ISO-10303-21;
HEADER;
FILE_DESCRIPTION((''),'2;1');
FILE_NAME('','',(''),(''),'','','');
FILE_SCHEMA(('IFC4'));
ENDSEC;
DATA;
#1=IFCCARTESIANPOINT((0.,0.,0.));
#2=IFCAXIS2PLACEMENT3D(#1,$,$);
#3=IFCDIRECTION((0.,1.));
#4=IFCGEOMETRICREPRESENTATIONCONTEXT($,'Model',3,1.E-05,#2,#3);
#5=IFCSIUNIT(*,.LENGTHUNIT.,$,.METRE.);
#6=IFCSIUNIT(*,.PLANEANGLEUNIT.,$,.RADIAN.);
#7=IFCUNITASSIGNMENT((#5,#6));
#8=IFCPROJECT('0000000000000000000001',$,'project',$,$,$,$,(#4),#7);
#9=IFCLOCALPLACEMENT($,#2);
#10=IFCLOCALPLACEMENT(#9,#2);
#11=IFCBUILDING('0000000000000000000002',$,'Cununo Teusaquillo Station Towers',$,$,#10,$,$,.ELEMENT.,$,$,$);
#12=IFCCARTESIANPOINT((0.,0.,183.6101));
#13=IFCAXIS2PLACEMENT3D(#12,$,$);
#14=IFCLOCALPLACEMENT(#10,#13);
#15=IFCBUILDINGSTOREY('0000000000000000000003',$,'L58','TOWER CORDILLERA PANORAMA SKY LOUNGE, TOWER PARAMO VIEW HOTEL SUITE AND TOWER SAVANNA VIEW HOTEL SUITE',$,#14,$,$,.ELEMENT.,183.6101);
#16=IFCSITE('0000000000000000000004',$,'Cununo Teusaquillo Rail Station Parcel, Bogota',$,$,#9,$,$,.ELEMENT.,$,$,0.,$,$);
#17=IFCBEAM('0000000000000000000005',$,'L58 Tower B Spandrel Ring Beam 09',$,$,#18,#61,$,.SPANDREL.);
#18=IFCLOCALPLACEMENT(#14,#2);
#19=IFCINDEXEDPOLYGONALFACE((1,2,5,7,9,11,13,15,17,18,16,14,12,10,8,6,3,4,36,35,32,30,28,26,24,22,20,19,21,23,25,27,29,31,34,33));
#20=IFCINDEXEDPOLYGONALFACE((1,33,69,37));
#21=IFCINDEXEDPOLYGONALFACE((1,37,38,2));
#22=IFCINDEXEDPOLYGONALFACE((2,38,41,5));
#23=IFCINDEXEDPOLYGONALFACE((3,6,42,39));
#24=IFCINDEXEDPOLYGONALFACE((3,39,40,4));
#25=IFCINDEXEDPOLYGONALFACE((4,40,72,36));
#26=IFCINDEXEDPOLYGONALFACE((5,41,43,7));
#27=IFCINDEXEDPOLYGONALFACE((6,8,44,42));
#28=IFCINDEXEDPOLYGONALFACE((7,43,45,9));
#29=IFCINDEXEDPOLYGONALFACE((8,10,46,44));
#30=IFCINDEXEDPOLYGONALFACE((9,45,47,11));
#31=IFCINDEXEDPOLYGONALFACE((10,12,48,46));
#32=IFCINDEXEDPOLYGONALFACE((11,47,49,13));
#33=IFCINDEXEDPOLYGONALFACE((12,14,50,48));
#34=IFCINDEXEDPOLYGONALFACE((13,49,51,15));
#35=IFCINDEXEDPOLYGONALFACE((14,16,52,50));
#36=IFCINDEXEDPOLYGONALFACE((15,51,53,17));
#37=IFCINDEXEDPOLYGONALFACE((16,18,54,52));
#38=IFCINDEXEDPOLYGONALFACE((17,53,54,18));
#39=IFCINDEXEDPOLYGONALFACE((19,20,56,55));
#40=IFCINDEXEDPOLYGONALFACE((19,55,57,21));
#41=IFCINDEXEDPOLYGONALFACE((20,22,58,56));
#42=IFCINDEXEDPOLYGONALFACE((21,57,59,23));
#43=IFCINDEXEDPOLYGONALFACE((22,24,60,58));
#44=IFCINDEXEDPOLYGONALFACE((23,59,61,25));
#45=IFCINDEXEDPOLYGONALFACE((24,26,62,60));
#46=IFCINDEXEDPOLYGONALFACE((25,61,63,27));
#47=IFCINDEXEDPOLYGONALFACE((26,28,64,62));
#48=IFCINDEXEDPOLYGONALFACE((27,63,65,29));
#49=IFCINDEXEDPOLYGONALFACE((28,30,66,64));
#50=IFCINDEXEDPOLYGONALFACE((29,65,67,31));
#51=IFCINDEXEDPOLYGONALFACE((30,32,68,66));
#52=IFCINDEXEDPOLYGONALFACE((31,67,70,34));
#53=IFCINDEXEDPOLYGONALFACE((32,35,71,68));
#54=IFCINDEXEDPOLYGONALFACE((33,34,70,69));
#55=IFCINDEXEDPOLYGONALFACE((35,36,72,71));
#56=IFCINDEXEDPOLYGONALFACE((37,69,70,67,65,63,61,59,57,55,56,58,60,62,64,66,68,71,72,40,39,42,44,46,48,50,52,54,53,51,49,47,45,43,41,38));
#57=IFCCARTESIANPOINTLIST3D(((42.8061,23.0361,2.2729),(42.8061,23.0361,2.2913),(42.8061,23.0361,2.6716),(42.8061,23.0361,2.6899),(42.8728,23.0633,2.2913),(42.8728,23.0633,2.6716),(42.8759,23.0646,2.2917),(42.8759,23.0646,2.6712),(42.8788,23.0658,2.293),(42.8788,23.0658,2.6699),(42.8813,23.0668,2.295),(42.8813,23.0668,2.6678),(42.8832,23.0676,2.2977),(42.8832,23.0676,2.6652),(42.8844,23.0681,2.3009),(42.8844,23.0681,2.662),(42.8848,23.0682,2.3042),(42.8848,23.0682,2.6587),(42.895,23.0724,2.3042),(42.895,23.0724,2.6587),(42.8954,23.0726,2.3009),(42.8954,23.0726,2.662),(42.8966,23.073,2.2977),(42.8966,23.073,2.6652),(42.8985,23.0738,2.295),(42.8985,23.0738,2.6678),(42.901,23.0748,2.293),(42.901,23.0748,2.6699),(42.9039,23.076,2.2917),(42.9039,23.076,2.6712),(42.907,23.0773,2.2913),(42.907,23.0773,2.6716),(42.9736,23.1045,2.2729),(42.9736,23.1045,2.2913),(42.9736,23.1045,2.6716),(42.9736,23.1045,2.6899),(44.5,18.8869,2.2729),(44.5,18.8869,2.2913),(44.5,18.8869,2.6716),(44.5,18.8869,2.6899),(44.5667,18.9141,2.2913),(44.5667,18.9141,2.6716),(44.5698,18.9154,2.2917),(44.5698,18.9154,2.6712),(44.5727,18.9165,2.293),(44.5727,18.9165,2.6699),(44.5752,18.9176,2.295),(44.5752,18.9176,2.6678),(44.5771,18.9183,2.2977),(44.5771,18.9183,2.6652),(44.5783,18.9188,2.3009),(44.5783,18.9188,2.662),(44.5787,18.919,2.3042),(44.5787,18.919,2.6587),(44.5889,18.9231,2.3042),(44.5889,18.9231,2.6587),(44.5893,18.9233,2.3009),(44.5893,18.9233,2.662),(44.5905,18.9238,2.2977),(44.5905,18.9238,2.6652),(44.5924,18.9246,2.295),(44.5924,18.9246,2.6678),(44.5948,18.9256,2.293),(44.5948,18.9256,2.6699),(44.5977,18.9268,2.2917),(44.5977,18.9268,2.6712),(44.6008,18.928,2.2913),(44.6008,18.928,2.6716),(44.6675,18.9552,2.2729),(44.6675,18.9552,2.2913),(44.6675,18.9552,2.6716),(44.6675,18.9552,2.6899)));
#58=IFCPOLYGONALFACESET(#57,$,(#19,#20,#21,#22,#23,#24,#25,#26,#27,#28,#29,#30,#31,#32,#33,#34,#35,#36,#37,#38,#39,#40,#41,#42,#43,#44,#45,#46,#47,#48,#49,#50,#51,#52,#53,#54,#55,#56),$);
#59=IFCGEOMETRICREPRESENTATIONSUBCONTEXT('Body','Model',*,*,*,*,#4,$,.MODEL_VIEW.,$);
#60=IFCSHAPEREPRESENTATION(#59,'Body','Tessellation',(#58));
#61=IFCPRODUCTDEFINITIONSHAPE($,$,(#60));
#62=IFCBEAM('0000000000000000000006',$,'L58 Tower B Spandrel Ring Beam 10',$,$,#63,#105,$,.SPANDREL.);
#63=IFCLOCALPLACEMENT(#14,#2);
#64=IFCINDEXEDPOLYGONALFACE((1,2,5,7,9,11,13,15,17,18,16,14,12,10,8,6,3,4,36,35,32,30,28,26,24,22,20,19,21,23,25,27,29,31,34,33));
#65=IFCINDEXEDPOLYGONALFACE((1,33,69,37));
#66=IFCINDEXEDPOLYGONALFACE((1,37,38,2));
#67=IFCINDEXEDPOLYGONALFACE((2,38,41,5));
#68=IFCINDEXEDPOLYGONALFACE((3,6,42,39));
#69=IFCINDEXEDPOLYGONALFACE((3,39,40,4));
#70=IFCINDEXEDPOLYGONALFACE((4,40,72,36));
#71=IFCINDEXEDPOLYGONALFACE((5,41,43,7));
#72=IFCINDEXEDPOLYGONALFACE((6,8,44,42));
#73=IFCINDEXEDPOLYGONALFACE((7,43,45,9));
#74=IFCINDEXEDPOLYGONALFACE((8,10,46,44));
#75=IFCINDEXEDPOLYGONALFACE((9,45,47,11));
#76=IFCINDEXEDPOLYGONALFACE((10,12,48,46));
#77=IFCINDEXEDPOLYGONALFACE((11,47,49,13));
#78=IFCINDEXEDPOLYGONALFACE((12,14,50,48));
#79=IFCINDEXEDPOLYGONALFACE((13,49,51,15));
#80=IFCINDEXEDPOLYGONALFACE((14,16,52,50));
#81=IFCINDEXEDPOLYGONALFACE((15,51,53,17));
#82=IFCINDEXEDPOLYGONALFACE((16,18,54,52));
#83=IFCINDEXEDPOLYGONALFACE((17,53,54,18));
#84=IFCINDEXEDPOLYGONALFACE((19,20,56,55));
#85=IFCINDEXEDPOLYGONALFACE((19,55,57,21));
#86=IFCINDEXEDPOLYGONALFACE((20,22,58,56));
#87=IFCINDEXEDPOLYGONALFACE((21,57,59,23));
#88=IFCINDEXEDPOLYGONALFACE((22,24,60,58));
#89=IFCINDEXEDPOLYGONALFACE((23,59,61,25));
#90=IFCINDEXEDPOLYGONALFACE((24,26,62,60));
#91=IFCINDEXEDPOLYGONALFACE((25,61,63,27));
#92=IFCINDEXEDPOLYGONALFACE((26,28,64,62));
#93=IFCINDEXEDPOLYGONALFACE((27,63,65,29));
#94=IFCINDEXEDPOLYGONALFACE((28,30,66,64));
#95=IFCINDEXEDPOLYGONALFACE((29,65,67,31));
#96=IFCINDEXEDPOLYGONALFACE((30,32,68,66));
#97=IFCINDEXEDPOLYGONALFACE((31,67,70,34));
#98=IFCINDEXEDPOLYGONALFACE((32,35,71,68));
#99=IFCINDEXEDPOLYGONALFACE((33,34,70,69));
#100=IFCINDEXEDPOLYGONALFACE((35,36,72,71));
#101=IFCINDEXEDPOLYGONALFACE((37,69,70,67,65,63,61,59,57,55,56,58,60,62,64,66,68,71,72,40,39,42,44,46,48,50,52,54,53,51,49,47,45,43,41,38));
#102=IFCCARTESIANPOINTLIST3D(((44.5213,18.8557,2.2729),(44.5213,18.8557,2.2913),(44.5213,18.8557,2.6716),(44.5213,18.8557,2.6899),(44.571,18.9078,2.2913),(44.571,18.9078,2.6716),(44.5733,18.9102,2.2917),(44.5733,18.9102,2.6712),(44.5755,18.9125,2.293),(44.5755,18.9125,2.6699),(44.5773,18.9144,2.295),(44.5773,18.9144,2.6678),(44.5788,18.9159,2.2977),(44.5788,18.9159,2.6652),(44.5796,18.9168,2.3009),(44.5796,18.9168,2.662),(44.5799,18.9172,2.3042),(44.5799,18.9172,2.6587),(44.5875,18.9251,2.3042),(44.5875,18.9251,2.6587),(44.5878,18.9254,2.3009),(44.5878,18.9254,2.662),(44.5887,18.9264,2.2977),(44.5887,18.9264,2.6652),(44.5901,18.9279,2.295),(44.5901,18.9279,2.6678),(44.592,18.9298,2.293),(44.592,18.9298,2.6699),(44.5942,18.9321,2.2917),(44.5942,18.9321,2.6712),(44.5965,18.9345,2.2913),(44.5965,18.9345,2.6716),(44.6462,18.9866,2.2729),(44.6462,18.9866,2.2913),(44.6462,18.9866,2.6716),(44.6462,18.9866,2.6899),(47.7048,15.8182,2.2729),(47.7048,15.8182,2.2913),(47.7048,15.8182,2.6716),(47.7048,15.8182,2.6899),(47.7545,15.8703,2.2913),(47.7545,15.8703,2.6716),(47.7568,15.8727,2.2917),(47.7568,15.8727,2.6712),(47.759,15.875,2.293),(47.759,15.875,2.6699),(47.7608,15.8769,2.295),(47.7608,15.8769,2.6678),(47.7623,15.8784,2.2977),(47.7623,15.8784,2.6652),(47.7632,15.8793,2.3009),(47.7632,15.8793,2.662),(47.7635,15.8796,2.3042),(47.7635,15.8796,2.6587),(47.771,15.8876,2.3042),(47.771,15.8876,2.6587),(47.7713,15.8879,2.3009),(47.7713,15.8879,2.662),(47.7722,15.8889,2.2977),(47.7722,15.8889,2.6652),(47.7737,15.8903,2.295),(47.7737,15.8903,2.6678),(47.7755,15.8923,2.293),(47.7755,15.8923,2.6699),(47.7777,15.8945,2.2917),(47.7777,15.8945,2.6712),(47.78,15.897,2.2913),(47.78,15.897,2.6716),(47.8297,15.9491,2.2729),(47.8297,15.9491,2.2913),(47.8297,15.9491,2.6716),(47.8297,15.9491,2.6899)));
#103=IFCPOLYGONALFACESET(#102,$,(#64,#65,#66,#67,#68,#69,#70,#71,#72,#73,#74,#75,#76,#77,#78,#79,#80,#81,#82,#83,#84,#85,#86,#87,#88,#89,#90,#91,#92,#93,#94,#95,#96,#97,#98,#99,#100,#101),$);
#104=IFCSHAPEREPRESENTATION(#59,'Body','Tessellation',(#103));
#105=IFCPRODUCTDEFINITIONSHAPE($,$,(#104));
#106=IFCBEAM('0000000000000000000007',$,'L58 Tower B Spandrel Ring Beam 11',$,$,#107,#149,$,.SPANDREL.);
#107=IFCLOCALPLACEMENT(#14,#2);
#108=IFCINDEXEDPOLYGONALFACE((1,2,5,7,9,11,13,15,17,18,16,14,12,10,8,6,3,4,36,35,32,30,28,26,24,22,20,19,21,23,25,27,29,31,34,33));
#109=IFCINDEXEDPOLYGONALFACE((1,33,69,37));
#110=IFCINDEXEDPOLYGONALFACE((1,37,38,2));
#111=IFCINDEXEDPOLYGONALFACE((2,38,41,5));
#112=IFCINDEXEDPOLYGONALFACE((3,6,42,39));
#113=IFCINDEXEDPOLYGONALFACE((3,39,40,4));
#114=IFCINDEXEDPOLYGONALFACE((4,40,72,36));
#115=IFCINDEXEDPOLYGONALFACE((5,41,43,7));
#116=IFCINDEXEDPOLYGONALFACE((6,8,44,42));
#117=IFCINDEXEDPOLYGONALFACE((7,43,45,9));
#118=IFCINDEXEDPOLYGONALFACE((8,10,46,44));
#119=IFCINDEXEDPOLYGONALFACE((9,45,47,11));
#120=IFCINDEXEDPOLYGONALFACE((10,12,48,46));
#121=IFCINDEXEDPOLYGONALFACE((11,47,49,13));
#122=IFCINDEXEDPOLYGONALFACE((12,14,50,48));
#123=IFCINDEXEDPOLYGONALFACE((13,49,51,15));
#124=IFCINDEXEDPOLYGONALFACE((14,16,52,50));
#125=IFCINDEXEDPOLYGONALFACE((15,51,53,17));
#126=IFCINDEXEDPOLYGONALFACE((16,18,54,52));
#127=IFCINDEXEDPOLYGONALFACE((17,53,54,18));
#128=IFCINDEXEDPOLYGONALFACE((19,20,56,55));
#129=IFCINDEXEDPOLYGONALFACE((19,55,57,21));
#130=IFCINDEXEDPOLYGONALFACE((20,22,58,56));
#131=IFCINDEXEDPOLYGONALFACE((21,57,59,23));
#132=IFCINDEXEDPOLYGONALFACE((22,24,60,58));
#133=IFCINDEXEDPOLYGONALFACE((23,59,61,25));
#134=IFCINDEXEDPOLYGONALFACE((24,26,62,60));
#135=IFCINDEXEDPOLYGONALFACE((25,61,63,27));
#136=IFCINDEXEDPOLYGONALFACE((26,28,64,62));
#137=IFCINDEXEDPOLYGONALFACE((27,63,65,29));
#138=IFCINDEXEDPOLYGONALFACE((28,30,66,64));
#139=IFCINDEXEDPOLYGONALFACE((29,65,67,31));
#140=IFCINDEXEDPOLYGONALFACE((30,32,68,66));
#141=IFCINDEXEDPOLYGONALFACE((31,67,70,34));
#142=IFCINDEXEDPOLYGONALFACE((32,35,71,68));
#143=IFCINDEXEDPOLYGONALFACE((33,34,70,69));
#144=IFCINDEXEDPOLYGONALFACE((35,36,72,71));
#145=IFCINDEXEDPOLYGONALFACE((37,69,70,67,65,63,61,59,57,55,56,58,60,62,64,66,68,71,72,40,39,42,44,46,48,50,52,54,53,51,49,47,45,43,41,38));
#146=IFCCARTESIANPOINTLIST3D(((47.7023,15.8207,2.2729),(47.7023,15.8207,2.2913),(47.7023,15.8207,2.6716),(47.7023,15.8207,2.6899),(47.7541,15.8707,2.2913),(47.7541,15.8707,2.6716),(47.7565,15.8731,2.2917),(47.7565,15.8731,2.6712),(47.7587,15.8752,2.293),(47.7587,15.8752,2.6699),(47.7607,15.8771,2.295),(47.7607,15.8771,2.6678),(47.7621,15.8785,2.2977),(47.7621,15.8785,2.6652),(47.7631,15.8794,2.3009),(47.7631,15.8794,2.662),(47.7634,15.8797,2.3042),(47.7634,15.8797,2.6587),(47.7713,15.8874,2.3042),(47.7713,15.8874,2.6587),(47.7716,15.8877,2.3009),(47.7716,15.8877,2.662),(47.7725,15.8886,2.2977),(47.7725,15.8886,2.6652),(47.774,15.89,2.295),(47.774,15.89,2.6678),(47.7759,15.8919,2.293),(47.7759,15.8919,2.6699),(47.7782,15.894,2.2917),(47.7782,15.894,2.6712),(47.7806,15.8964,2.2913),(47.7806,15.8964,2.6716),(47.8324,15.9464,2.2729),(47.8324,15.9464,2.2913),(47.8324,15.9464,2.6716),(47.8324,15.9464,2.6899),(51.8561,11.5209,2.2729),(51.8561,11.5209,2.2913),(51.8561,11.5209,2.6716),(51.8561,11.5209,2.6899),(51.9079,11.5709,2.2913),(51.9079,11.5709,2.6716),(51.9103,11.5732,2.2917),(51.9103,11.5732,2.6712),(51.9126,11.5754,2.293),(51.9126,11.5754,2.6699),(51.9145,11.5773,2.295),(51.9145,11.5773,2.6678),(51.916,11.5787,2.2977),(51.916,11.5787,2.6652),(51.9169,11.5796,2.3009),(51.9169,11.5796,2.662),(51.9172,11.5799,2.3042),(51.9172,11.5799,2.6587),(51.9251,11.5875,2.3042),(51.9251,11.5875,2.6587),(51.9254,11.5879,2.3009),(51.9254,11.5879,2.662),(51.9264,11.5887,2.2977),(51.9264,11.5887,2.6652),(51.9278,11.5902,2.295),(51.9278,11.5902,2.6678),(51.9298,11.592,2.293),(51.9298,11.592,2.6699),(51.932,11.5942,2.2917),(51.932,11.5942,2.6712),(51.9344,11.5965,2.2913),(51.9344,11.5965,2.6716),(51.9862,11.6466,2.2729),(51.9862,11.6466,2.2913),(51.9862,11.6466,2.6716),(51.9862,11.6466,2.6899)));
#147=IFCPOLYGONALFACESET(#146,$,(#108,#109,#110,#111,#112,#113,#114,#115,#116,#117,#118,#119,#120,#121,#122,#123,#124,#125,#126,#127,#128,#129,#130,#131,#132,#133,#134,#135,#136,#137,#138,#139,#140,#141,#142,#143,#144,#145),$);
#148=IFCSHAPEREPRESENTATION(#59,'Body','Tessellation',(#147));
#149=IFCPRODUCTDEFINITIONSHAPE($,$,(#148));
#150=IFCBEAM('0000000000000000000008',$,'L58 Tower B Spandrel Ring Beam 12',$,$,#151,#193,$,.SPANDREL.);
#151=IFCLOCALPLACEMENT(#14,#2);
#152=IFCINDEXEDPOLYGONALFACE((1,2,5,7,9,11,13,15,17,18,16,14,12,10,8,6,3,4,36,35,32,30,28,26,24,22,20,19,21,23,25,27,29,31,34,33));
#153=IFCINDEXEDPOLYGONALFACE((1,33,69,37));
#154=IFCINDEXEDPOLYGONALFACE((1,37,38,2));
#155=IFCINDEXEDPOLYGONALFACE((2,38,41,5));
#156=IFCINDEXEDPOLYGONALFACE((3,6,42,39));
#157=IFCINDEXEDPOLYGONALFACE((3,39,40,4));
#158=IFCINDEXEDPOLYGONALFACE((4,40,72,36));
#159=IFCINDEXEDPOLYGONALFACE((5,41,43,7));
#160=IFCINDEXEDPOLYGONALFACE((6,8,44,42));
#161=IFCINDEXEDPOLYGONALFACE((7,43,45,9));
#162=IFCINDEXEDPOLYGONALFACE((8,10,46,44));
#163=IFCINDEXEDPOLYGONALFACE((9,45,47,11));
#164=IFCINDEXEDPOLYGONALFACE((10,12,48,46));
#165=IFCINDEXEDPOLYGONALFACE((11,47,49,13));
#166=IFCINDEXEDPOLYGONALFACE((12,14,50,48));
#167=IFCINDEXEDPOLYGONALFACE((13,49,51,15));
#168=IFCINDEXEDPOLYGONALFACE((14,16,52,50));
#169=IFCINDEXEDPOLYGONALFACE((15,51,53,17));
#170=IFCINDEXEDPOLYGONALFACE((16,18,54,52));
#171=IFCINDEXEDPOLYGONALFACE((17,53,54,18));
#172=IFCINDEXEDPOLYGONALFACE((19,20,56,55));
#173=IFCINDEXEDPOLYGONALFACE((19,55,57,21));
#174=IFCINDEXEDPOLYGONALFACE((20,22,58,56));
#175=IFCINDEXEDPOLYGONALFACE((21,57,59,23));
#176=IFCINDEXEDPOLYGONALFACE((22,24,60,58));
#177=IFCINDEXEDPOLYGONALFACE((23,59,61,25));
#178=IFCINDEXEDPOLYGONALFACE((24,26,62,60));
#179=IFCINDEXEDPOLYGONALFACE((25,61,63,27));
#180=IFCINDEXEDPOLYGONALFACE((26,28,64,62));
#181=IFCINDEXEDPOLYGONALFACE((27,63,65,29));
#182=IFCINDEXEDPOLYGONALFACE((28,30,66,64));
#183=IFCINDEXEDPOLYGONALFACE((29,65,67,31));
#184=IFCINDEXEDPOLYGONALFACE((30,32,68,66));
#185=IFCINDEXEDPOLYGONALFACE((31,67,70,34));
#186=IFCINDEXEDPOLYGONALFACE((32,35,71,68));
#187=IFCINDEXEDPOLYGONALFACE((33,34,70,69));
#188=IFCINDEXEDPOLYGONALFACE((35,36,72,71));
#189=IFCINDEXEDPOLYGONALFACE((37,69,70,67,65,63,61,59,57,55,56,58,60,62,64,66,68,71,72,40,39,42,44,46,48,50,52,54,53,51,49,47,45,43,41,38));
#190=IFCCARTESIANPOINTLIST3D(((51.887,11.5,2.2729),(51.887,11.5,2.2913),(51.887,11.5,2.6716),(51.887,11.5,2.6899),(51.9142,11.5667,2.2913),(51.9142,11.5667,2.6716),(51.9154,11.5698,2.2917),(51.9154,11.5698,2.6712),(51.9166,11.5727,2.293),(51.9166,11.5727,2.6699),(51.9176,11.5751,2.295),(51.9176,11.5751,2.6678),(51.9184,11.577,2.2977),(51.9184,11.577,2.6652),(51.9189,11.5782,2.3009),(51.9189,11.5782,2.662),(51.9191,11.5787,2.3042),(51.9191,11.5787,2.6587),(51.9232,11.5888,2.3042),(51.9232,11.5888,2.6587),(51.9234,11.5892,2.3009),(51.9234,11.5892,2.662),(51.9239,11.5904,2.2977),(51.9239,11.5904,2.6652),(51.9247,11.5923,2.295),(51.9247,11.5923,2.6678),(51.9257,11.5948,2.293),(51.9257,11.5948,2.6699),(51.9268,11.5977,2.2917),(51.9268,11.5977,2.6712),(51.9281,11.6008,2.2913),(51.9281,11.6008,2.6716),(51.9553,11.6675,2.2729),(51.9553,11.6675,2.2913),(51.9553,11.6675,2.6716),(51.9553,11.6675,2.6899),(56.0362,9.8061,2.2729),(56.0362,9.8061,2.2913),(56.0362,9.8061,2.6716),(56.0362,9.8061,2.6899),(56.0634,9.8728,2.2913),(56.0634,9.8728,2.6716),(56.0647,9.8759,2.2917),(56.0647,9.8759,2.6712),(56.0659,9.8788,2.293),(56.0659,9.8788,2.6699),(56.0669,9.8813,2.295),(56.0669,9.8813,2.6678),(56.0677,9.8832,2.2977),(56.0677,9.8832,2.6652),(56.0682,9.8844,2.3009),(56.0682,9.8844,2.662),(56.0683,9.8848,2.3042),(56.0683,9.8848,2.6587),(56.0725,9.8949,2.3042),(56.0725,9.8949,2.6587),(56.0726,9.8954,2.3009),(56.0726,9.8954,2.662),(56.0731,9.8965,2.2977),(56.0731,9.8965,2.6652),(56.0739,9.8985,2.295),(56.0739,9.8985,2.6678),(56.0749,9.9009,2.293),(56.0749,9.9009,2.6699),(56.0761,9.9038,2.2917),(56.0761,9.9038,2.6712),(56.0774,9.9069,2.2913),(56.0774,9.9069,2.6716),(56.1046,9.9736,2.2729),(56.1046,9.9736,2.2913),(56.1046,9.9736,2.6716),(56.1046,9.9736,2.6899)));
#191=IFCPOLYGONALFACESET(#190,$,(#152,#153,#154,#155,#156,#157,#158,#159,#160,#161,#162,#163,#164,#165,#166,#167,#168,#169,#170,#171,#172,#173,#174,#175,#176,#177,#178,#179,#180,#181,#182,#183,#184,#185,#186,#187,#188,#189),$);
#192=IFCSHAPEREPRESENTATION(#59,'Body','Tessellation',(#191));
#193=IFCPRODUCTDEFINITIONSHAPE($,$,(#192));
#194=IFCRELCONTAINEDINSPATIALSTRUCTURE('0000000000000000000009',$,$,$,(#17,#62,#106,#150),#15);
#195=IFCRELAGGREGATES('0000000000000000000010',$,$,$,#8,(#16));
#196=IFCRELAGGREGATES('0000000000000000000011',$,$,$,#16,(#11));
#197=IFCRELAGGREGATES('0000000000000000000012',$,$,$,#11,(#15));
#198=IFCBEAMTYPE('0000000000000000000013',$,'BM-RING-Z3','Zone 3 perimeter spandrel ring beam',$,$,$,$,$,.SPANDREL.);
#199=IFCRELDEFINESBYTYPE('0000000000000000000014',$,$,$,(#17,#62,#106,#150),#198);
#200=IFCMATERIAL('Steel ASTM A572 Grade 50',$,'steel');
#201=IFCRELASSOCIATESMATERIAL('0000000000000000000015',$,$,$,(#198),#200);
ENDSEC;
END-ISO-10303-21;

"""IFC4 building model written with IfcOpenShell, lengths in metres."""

from ifc_helpers import new_model, si_unit, direction, frame, origin, origin_2d, place, context, subcontext, project, spatial, i_section, extrude, material, material_profile, profile_set, type_object, element, save


model = new_model("IFC4")

# Units and contexts
model_context = context("Model", 3, precision=1e-05, world=origin(), true_north=direction((0.0, 1.0)))
body_context = subcontext(model_context, "Body", "Model", "MODEL_VIEW")
ifc_project = project(units=[si_unit("LENGTHUNIT", "METRE"), si_unit("PLANEANGLEUNIT", "RADIAN")], contexts=[model_context])

# Site, building, storey
site_placement = place(None, origin())
site = spatial("IfcSite", under=ifc_project, at=site_placement, Name="Cununo Teusaquillo Rail Station Parcel, Bogota", CompositionType="ELEMENT", RefElevation=0.0)
building_placement = place(site_placement, origin())
building = spatial("IfcBuilding", under=site, at=building_placement, Name="Cununo Teusaquillo Station Towers", CompositionType="ELEMENT")
storey_placement = place(building_placement, frame((0.0, 0.0, 183.6101)))
storey = spatial("IfcBuildingStorey", under=building, at=storey_placement, Name="L58", Description="TOWER CORDILLERA PANORAMA SKY LOUNGE, TOWER PARAMO VIEW HOTEL SUITE AND TOWER SAVANNA VIEW HOTEL SUITE", CompositionType="ELEMENT", Elevation=183.6101)

# Beams
ifc_material_1 = material(Name="Steel ASTM A572 Grade 50", Category="steel")
ifc_material_profile_1 = material_profile(ifc_material_1, i_section(OverallWidth=0.1809, OverallDepth=0.417, WebThickness=0.011, FlangeThickness=0.0183, FilletRadius=0.0129, at=origin_2d()), Name="W16X57")
ifc_profile_set_1 = profile_set([ifc_material_profile_1], Name="Steel ASTM A572 Grade 50")
beam_type_1 = type_object("IfcBeamType", Name="BM-RING-Z3", Description="Zone 3 perimeter spandrel ring beam", PredefinedType="SPANDREL", material=ifc_profile_set_1)
beam_1_placement = place(storey_placement, frame((42.8899, 23.0703, 2.4814), z_axis=(0.377956, -0.925824, 0.0), x_axis=(0.925824, 0.377956, 0.0)))
element("IfcBeam", 1, at=beam_1_placement, inside=storey, type_object=beam_type_1, Name="L58 Tower B Spandrel Ring Beam 09", PredefinedType="SPANDREL", context=body_context, shape_type="SweptSolid", body=[
    extrude(i_section(OverallWidth=0.1809, OverallDepth=0.417, WebThickness=0.011, FlangeThickness=0.0183, FilletRadius=0.0129, at=origin_2d()), origin(), (0.0, 0.0, 1.0), 4.4817),
])
beam_2_placement = place(storey_placement, frame((44.5837, 18.9211, 2.4814), z_axis=(0.723502, -0.690323, 0.0), x_axis=(0.690323, 0.723502, 0.0)))
element("IfcBeam", 2, at=beam_2_placement, inside=storey, type_object=beam_type_1, Name="L58 Tower B Spandrel Ring Beam 10", PredefinedType="SPANDREL", context=body_context, shape_type="SweptSolid", body=[
    extrude(i_section(OverallWidth=0.1809, OverallDepth=0.417, WebThickness=0.011, FlangeThickness=0.0183, FilletRadius=0.0129, at=origin_2d()), origin(), (0.0, 0.0, 1.0), 4.4001),
])
beam_3_placement = place(storey_placement, frame((47.7673, 15.8835, 2.4814), z_axis=(0.694791, -0.719211, 0.0), x_axis=(0.719211, 0.694791, 0.0)))
element("IfcBeam", 3, at=beam_3_placement, inside=storey, type_object=beam_type_1, Name="L58 Tower B Spandrel Ring Beam 11", PredefinedType="SPANDREL", context=body_context, shape_type="SweptSolid", body=[
    extrude(i_section(OverallWidth=0.1809, OverallDepth=0.417, WebThickness=0.011, FlangeThickness=0.0183, FilletRadius=0.0129, at=origin_2d()), origin(), (0.0, 0.0, 1.0), 5.9785),
])
beam_4_placement = place(storey_placement, frame((51.9211, 11.5837, 2.4814), z_axis=(0.925824, -0.377956, 0.0), x_axis=(0.377956, 0.925824, 0.0)))
element("IfcBeam", 4, at=beam_4_placement, inside=storey, type_object=beam_type_1, Name="L58 Tower B Spandrel Ring Beam 12", PredefinedType="SPANDREL", context=body_context, shape_type="SweptSolid", body=[
    extrude(i_section(OverallWidth=0.1809, OverallDepth=0.417, WebThickness=0.011, FlangeThickness=0.0183, FilletRadius=0.0129, at=origin_2d()), origin(), (0.0, 0.0, 1.0), 4.4817),
])

save(model, "model.ifc")
